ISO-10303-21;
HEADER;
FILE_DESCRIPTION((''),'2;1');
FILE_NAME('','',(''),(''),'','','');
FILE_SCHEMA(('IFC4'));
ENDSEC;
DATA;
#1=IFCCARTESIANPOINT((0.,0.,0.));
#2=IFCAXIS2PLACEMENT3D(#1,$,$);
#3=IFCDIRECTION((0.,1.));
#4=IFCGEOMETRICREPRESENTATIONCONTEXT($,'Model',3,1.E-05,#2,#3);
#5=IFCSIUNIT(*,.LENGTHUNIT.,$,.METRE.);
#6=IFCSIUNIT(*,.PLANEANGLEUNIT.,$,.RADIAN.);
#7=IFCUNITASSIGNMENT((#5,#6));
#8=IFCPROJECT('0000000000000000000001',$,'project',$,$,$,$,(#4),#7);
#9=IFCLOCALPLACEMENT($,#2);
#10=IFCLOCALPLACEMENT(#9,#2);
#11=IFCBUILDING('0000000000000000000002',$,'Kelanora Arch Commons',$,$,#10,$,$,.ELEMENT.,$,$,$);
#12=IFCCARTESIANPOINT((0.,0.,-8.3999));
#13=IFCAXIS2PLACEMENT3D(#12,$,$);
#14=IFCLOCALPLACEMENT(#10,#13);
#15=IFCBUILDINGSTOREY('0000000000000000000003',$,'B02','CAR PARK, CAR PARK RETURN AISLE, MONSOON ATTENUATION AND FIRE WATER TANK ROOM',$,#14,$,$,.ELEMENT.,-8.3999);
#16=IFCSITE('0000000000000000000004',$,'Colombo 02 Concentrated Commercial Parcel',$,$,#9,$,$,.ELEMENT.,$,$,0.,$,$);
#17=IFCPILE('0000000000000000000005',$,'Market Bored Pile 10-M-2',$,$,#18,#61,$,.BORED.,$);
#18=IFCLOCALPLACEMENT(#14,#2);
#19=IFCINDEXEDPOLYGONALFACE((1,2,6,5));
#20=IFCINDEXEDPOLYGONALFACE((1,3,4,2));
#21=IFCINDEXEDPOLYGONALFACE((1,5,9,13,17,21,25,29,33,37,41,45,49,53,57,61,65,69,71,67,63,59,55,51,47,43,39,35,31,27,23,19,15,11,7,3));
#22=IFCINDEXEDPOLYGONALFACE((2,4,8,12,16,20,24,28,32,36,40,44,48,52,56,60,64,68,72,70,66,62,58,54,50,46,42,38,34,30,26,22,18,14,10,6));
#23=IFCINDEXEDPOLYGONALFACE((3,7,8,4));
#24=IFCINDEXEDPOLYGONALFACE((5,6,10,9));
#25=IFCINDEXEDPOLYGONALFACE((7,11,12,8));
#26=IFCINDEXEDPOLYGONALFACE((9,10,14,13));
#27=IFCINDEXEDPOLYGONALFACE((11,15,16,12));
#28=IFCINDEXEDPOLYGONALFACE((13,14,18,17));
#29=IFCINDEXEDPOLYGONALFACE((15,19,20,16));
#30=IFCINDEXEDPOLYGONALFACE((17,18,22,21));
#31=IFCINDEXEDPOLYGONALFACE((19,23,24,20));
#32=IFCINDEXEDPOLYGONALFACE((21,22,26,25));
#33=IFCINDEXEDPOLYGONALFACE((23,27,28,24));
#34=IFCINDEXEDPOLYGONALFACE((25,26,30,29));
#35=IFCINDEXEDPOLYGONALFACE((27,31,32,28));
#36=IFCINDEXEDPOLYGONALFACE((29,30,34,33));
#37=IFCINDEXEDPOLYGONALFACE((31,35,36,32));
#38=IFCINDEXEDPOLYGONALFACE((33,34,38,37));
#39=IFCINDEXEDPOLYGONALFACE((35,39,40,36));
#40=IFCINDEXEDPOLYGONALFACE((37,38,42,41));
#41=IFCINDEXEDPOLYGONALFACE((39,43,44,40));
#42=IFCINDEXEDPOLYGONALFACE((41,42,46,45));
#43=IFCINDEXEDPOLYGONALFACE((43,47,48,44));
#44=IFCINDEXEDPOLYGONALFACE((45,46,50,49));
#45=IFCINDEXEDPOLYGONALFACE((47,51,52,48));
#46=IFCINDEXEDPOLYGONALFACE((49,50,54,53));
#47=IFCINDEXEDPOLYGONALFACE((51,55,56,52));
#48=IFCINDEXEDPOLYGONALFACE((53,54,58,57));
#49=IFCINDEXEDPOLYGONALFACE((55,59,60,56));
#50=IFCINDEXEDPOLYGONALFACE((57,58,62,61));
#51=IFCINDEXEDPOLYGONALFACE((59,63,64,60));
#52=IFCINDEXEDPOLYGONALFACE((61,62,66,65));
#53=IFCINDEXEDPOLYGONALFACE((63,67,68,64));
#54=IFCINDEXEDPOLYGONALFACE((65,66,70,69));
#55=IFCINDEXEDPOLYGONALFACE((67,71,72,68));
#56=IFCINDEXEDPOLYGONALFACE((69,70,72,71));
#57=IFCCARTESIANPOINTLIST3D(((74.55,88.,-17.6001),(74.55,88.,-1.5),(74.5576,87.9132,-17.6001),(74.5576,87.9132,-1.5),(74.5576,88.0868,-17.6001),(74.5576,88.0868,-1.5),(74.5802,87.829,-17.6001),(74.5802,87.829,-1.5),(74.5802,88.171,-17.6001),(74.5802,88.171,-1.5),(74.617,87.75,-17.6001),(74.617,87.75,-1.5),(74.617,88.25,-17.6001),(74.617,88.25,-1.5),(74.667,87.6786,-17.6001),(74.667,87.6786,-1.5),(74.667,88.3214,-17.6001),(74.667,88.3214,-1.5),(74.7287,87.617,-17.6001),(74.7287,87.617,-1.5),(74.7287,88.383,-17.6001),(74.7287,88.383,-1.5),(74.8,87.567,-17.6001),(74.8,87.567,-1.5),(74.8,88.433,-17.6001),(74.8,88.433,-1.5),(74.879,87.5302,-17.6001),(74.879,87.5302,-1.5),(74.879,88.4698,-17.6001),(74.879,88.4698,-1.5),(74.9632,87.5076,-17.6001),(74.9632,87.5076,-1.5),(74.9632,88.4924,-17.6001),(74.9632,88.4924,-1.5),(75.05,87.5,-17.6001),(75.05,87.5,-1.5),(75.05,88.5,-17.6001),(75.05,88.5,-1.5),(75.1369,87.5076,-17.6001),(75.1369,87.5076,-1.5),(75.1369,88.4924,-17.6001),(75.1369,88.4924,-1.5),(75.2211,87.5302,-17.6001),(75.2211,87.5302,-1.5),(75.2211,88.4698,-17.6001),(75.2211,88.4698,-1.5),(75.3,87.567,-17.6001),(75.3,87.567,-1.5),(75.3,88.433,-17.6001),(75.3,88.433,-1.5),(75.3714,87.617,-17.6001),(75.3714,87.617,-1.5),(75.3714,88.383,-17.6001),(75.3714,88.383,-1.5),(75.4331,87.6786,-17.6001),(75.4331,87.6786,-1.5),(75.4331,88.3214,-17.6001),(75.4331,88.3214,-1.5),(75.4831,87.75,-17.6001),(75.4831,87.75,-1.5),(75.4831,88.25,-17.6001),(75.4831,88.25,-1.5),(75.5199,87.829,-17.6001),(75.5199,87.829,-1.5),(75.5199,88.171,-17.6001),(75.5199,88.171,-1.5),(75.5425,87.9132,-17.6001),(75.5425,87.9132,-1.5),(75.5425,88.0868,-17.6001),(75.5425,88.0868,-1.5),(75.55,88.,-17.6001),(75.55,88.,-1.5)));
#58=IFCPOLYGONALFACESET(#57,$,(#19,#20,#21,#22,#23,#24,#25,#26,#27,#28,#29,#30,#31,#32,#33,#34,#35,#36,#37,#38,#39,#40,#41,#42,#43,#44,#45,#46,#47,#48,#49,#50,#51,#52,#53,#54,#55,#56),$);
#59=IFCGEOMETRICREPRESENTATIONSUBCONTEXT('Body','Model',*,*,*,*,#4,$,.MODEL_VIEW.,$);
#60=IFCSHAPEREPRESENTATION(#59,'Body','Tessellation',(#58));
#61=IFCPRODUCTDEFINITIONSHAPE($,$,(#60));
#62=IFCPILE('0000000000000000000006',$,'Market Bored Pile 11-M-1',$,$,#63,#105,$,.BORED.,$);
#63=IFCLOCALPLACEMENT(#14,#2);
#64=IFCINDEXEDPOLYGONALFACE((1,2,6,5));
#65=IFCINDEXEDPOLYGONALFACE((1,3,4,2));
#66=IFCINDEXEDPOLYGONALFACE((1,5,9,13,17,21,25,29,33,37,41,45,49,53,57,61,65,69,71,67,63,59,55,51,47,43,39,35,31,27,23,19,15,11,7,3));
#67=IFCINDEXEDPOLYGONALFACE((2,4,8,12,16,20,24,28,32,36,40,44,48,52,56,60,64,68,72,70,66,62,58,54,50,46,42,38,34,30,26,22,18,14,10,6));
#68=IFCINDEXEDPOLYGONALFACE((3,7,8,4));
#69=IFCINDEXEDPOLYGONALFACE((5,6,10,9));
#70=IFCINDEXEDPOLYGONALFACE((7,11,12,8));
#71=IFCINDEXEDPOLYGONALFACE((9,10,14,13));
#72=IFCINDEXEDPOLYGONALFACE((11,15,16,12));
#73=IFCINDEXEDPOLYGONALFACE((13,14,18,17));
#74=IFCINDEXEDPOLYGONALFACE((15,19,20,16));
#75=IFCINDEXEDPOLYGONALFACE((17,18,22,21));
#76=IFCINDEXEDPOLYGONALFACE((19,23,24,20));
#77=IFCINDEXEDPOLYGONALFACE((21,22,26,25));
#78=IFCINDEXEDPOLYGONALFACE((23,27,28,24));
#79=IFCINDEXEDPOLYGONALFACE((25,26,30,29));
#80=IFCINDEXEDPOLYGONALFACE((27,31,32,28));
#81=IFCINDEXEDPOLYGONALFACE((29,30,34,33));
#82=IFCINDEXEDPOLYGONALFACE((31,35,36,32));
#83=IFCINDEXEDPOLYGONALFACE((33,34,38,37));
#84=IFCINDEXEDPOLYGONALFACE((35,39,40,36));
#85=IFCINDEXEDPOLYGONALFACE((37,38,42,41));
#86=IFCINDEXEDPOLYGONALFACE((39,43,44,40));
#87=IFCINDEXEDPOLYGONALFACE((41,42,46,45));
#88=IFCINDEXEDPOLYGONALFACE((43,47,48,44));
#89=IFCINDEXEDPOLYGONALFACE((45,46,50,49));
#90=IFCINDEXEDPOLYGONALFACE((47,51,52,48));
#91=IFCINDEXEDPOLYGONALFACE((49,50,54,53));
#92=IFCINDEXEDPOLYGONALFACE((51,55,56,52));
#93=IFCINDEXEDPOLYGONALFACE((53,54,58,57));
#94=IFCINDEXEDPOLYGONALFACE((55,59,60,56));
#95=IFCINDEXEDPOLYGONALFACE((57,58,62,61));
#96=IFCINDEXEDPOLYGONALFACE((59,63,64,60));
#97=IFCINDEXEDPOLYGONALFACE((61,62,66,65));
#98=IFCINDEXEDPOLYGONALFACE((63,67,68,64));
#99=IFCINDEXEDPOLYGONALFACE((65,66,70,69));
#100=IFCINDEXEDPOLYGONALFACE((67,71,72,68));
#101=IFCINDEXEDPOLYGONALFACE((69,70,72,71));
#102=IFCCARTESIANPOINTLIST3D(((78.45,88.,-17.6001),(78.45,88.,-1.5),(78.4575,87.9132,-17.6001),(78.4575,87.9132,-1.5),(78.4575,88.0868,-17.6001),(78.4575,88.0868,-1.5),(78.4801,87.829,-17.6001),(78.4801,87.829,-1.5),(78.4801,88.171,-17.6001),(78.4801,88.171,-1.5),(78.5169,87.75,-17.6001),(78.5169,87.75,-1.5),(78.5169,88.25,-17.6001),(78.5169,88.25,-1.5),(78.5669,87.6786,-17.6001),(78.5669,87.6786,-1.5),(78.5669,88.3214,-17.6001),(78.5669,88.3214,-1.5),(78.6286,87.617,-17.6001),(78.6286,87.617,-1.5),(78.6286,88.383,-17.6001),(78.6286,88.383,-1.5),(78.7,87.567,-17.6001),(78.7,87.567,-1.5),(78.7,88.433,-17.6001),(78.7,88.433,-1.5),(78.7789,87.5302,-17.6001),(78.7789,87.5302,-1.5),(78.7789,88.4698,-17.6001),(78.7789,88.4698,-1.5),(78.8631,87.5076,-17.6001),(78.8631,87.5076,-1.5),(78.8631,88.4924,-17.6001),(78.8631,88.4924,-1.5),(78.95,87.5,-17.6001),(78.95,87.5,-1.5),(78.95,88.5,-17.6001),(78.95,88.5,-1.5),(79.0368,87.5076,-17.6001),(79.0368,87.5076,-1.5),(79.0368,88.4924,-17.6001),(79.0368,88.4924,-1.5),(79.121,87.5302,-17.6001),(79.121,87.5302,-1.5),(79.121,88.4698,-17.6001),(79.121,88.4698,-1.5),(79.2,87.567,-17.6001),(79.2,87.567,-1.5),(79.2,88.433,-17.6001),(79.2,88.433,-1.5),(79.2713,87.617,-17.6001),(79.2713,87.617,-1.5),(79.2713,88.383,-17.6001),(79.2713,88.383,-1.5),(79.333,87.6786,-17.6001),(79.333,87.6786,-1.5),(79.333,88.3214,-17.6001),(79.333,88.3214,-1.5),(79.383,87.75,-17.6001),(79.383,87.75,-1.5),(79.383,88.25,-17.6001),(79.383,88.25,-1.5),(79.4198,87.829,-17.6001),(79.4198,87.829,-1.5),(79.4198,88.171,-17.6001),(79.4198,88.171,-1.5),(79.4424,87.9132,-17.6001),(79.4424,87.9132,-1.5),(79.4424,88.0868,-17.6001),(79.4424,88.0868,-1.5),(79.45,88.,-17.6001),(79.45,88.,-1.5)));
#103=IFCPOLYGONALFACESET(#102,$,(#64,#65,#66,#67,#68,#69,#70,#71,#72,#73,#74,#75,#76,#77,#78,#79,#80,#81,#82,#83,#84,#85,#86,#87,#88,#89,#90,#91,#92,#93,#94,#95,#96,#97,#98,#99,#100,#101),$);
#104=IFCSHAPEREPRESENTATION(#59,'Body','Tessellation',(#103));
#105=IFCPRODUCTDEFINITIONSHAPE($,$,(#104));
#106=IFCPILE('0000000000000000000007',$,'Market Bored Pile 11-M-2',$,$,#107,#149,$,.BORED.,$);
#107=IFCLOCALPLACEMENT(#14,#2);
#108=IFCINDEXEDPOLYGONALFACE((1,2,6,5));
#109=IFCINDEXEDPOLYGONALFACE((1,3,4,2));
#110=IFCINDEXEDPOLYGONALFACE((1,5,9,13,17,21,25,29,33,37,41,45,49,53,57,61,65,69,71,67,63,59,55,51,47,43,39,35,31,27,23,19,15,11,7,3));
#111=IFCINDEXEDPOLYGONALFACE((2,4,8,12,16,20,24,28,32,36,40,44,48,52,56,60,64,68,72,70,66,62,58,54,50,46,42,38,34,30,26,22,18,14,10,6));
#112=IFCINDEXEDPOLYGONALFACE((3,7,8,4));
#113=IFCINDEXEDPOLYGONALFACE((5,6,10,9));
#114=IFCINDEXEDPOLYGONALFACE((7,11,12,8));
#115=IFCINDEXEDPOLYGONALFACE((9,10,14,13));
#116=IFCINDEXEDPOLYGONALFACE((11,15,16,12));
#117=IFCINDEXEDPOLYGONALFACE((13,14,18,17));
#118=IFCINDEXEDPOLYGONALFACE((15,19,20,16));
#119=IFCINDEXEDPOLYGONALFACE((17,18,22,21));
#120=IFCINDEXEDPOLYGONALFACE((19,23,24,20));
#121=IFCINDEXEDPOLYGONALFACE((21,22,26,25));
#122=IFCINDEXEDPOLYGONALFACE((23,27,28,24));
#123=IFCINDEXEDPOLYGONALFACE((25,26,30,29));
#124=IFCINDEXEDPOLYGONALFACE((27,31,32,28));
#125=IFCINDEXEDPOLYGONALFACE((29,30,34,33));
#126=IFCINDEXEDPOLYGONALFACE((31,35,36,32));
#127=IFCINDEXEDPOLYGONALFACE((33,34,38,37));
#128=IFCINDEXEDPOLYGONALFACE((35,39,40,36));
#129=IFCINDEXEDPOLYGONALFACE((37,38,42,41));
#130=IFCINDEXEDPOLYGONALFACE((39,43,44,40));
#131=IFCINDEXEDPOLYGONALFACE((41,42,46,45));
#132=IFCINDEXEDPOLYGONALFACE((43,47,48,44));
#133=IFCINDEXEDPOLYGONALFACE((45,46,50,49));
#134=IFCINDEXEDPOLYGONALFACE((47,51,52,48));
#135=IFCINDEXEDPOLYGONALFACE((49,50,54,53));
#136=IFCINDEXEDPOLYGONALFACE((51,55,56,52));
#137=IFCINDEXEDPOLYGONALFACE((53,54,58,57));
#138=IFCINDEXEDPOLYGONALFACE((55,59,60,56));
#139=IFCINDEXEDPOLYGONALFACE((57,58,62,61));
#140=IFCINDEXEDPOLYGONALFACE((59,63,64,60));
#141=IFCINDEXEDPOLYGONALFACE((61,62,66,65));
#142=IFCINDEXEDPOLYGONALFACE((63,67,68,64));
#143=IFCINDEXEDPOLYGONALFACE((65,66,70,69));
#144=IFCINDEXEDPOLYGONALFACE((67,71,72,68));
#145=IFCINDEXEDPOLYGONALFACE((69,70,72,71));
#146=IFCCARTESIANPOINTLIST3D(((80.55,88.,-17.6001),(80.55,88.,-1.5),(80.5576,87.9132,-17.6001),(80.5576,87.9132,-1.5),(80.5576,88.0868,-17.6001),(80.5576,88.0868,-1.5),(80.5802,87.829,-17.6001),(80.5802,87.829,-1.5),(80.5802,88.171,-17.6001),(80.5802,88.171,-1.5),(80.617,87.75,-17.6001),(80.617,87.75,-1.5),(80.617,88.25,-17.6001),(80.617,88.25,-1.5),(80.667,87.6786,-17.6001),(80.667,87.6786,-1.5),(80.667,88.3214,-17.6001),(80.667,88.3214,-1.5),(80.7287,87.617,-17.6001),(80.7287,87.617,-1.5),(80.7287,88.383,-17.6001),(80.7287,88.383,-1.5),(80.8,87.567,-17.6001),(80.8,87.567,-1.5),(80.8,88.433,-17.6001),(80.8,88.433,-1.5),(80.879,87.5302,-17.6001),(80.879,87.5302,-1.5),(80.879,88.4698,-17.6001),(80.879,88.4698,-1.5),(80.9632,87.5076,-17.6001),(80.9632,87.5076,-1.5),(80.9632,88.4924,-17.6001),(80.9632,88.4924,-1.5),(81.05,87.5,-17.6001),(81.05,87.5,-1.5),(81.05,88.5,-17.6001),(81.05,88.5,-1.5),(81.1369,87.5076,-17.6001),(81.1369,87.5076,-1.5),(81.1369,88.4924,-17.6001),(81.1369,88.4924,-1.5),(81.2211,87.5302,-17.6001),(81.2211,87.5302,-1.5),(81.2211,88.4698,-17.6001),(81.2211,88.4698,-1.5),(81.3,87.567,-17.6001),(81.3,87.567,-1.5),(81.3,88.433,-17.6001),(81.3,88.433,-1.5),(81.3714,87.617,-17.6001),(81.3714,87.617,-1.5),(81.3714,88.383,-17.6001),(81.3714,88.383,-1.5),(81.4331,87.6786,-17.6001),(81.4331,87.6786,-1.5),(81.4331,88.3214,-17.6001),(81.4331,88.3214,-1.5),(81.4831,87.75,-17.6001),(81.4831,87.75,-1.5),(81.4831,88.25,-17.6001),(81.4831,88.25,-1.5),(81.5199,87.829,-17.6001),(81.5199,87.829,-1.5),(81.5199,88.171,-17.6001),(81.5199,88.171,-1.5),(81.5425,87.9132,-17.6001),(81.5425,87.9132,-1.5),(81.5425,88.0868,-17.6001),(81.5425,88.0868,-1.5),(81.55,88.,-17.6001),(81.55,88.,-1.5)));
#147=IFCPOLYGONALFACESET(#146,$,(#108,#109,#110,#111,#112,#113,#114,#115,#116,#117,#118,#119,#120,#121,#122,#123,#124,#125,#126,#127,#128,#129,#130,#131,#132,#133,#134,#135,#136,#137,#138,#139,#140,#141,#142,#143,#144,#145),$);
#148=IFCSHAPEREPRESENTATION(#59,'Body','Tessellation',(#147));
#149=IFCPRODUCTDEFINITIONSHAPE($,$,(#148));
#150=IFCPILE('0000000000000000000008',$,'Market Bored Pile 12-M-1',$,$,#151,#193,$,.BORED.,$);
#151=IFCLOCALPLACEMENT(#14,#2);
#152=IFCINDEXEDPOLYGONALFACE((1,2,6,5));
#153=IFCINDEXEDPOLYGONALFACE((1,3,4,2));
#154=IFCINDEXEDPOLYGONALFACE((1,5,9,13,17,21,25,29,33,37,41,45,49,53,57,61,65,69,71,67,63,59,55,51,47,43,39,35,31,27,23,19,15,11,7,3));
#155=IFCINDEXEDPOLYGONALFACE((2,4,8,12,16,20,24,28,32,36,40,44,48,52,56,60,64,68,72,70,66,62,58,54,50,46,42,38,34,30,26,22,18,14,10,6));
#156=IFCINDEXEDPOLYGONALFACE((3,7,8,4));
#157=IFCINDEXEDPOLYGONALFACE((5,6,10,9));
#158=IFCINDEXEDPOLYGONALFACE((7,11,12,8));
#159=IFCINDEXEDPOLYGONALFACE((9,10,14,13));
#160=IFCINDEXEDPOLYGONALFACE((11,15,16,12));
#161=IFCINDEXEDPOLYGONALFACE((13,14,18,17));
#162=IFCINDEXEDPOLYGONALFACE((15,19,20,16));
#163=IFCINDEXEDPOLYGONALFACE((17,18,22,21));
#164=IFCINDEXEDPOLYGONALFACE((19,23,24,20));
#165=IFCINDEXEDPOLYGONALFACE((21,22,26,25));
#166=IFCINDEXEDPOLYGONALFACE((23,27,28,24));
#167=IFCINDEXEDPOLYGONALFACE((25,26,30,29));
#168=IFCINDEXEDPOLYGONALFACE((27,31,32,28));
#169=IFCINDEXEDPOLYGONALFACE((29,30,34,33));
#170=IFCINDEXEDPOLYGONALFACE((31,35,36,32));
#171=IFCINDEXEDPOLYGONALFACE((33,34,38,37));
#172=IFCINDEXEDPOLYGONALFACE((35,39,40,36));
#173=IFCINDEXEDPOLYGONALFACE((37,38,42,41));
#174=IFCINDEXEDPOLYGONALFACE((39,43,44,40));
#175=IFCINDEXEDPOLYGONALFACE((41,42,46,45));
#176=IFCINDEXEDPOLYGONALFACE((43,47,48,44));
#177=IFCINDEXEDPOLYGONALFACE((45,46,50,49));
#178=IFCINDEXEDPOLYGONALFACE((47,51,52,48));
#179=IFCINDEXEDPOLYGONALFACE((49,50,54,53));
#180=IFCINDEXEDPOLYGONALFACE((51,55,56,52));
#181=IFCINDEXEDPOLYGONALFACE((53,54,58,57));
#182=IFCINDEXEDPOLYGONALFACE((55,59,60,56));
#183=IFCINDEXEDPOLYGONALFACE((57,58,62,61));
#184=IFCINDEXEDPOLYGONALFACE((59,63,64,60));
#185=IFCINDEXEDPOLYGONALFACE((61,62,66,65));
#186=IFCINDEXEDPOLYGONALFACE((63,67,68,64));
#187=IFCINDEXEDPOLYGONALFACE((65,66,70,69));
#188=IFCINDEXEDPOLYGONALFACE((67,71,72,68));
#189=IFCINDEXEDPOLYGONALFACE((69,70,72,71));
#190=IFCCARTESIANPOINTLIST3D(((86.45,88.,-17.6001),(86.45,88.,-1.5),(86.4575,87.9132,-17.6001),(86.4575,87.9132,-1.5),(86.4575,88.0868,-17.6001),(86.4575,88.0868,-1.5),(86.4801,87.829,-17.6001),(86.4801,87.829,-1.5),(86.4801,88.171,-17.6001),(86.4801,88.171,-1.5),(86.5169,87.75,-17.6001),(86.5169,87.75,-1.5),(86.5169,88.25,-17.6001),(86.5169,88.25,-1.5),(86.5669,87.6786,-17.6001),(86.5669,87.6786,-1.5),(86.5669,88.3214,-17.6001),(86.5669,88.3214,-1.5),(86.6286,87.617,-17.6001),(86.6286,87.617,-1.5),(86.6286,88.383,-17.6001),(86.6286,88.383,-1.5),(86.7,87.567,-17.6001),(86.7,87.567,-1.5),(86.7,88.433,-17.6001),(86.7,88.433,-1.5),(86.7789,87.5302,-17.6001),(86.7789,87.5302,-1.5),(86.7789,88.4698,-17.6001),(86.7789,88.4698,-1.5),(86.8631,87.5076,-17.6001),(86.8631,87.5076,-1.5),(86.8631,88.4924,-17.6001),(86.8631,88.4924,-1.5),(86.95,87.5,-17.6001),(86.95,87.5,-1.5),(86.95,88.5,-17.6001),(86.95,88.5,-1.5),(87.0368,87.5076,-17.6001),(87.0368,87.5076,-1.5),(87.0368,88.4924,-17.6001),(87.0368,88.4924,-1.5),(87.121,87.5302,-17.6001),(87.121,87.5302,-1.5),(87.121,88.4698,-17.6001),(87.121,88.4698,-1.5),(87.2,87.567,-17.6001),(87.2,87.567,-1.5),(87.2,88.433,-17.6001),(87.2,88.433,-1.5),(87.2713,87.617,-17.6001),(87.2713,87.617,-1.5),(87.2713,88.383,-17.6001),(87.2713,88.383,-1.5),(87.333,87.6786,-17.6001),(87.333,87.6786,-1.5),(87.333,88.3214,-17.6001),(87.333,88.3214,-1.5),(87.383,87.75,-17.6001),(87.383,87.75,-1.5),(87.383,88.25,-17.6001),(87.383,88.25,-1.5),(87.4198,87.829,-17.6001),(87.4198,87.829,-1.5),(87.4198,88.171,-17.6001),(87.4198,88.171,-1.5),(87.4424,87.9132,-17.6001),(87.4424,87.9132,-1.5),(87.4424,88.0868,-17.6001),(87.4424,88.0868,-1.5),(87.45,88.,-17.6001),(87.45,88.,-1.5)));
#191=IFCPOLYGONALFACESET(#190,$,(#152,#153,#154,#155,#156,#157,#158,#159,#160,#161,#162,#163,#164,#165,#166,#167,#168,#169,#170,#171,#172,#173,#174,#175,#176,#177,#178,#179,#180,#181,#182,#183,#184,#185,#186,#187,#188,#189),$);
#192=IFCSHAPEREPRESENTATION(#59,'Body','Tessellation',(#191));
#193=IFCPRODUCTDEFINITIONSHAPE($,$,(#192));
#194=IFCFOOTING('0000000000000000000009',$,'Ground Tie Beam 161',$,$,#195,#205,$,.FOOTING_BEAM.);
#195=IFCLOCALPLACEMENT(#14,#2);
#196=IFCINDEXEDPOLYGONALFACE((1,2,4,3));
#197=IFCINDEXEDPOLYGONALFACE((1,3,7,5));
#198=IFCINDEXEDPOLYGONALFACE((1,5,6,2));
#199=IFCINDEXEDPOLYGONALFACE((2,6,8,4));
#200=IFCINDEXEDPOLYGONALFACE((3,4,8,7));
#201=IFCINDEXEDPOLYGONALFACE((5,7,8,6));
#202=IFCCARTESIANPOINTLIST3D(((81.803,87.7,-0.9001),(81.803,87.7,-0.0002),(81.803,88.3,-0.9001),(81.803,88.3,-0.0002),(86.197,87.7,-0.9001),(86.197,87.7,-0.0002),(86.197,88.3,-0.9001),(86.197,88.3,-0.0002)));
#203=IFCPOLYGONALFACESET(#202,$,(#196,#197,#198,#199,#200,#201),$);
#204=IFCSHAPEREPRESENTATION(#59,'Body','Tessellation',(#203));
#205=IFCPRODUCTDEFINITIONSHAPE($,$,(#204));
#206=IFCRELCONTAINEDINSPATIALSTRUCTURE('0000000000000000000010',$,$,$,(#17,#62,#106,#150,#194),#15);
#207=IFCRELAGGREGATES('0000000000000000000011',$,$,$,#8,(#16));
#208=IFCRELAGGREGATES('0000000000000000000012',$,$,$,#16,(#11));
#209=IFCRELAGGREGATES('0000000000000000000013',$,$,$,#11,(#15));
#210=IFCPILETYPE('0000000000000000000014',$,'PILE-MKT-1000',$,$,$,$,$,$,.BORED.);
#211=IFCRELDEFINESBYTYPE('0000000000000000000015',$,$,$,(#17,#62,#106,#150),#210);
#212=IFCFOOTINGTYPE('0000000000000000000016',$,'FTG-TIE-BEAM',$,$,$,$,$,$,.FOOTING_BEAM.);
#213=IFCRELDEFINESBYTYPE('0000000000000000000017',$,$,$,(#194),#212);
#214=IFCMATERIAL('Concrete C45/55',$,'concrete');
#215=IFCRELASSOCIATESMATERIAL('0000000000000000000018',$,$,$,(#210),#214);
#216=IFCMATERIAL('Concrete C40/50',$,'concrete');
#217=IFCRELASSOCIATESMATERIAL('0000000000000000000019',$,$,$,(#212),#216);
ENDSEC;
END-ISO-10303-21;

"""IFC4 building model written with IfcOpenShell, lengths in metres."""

from ifc_helpers import new_model, si_unit, direction, frame, origin, origin_2d, place, context, subcontext, project, spatial, rectangle, circle, extrude, source, transform, mapped, material, material_profile, profile_set, type_object, element, save


model = new_model("IFC4")

# Units and contexts
model_context = context("Model", 3, precision=1e-05, world=origin(), true_north=direction((0.0, 1.0)))
body_context = subcontext(model_context, "Body", "Model", "MODEL_VIEW")
ifc_project = project(units=[si_unit("LENGTHUNIT", "METRE"), si_unit("PLANEANGLEUNIT", "RADIAN")], contexts=[model_context])

# Site, building, storey
site_placement = place(None, origin())
site = spatial("IfcSite", under=ifc_project, at=site_placement, Name="Colombo 02 Concentrated Commercial Parcel", CompositionType="ELEMENT", RefElevation=0.0)
building_placement = place(site_placement, origin())
building = spatial("IfcBuilding", under=site, at=building_placement, Name="Kelanora Arch Commons", CompositionType="ELEMENT")
storey_placement = place(building_placement, frame((0.0, 0.0, -8.3999)))
storey = spatial("IfcBuildingStorey", under=building, at=storey_placement, Name="B02", Description="CAR PARK, CAR PARK RETURN AISLE, MONSOON ATTENUATION AND FIRE WATER TANK ROOM", CompositionType="ELEMENT", Elevation=-8.3999)

# Shared definitions
ifc_material_1 = material(Name="Concrete C45/55", Category="concrete")

# Shared definitions
ifc_material_2 = material(Name="Concrete C40/50", Category="concrete")

# Piles
ifc_material_profile_1 = material_profile(ifc_material_1, circle(Radius=0.5, at=origin_2d()), Name="PILE1000")
ifc_profile_set_1 = profile_set([ifc_material_profile_1], Name="Concrete C45/55")
pile_type_1 = type_object("IfcPileType", Name="PILE-MKT-1000", PredefinedType="BORED", material=ifc_profile_set_1)
shared_shape_1 = source(origin(), body_context, "Body", "SweptSolid", [
    extrude(circle(Radius=0.5, at=origin_2d()), origin(), (0.0, 0.0, 1.0), 16.1001),
])
for number, where, z_axis, x_axis, name in (
    (1, (75.05, 88.0, -1.5), (0.0, 0.0, -1.0), (1.0, 0.0, 0.0), "Market Bored Pile 10-M-2"),
    (2, (78.95, 88.0, -1.5), (0.0, 0.0, -1.0), (1.0, 0.0, 0.0), "Market Bored Pile 11-M-1"),
    (3, (81.05, 88.0, -1.5), (0.0, 0.0, -1.0), (1.0, 0.0, 0.0), "Market Bored Pile 11-M-2"),
    (4, (86.95, 88.0, -1.5), (0.0, 0.0, -1.0), (1.0, 0.0, 0.0), "Market Bored Pile 12-M-1"),
):
    element("IfcPile", number, at=place(storey_placement, frame(where, z_axis=z_axis, x_axis=x_axis)), inside=storey, type_object=pile_type_1, Name=name, PredefinedType="BORED", context=body_context, shape_type="MappedRepresentation", body=[
        mapped(shared_shape_1, transform((0.0, 0.0, 0.0), scale=1.0)),
    ])

# Footing
footing_type_1 = type_object("IfcFootingType", Name="FTG-TIE-BEAM", PredefinedType="FOOTING_BEAM", material=ifc_material_2)
shared_shape_2 = source(origin(), body_context, "Body", "SweptSolid", [
    extrude(rectangle(XDim=4.394, YDim=0.6001, at=origin_2d()), origin(), (0.0, 0.0, 1.0), 0.8999),
])
footing_1_placement = place(storey_placement, frame((84.0, 88.0, -0.9001), z_axis=(0.0, 0.0, 1.0), x_axis=(1.0, 0.0, 0.0)))
element("IfcFooting", 5, at=footing_1_placement, inside=storey, type_object=footing_type_1, Name="Ground Tie Beam 161", PredefinedType="FOOTING_BEAM", context=body_context, shape_type="MappedRepresentation", body=[
    mapped(shared_shape_2, transform((0.0, 0.0, 0.0), scale=1.0)),
])

save(model, "model.ifc")
